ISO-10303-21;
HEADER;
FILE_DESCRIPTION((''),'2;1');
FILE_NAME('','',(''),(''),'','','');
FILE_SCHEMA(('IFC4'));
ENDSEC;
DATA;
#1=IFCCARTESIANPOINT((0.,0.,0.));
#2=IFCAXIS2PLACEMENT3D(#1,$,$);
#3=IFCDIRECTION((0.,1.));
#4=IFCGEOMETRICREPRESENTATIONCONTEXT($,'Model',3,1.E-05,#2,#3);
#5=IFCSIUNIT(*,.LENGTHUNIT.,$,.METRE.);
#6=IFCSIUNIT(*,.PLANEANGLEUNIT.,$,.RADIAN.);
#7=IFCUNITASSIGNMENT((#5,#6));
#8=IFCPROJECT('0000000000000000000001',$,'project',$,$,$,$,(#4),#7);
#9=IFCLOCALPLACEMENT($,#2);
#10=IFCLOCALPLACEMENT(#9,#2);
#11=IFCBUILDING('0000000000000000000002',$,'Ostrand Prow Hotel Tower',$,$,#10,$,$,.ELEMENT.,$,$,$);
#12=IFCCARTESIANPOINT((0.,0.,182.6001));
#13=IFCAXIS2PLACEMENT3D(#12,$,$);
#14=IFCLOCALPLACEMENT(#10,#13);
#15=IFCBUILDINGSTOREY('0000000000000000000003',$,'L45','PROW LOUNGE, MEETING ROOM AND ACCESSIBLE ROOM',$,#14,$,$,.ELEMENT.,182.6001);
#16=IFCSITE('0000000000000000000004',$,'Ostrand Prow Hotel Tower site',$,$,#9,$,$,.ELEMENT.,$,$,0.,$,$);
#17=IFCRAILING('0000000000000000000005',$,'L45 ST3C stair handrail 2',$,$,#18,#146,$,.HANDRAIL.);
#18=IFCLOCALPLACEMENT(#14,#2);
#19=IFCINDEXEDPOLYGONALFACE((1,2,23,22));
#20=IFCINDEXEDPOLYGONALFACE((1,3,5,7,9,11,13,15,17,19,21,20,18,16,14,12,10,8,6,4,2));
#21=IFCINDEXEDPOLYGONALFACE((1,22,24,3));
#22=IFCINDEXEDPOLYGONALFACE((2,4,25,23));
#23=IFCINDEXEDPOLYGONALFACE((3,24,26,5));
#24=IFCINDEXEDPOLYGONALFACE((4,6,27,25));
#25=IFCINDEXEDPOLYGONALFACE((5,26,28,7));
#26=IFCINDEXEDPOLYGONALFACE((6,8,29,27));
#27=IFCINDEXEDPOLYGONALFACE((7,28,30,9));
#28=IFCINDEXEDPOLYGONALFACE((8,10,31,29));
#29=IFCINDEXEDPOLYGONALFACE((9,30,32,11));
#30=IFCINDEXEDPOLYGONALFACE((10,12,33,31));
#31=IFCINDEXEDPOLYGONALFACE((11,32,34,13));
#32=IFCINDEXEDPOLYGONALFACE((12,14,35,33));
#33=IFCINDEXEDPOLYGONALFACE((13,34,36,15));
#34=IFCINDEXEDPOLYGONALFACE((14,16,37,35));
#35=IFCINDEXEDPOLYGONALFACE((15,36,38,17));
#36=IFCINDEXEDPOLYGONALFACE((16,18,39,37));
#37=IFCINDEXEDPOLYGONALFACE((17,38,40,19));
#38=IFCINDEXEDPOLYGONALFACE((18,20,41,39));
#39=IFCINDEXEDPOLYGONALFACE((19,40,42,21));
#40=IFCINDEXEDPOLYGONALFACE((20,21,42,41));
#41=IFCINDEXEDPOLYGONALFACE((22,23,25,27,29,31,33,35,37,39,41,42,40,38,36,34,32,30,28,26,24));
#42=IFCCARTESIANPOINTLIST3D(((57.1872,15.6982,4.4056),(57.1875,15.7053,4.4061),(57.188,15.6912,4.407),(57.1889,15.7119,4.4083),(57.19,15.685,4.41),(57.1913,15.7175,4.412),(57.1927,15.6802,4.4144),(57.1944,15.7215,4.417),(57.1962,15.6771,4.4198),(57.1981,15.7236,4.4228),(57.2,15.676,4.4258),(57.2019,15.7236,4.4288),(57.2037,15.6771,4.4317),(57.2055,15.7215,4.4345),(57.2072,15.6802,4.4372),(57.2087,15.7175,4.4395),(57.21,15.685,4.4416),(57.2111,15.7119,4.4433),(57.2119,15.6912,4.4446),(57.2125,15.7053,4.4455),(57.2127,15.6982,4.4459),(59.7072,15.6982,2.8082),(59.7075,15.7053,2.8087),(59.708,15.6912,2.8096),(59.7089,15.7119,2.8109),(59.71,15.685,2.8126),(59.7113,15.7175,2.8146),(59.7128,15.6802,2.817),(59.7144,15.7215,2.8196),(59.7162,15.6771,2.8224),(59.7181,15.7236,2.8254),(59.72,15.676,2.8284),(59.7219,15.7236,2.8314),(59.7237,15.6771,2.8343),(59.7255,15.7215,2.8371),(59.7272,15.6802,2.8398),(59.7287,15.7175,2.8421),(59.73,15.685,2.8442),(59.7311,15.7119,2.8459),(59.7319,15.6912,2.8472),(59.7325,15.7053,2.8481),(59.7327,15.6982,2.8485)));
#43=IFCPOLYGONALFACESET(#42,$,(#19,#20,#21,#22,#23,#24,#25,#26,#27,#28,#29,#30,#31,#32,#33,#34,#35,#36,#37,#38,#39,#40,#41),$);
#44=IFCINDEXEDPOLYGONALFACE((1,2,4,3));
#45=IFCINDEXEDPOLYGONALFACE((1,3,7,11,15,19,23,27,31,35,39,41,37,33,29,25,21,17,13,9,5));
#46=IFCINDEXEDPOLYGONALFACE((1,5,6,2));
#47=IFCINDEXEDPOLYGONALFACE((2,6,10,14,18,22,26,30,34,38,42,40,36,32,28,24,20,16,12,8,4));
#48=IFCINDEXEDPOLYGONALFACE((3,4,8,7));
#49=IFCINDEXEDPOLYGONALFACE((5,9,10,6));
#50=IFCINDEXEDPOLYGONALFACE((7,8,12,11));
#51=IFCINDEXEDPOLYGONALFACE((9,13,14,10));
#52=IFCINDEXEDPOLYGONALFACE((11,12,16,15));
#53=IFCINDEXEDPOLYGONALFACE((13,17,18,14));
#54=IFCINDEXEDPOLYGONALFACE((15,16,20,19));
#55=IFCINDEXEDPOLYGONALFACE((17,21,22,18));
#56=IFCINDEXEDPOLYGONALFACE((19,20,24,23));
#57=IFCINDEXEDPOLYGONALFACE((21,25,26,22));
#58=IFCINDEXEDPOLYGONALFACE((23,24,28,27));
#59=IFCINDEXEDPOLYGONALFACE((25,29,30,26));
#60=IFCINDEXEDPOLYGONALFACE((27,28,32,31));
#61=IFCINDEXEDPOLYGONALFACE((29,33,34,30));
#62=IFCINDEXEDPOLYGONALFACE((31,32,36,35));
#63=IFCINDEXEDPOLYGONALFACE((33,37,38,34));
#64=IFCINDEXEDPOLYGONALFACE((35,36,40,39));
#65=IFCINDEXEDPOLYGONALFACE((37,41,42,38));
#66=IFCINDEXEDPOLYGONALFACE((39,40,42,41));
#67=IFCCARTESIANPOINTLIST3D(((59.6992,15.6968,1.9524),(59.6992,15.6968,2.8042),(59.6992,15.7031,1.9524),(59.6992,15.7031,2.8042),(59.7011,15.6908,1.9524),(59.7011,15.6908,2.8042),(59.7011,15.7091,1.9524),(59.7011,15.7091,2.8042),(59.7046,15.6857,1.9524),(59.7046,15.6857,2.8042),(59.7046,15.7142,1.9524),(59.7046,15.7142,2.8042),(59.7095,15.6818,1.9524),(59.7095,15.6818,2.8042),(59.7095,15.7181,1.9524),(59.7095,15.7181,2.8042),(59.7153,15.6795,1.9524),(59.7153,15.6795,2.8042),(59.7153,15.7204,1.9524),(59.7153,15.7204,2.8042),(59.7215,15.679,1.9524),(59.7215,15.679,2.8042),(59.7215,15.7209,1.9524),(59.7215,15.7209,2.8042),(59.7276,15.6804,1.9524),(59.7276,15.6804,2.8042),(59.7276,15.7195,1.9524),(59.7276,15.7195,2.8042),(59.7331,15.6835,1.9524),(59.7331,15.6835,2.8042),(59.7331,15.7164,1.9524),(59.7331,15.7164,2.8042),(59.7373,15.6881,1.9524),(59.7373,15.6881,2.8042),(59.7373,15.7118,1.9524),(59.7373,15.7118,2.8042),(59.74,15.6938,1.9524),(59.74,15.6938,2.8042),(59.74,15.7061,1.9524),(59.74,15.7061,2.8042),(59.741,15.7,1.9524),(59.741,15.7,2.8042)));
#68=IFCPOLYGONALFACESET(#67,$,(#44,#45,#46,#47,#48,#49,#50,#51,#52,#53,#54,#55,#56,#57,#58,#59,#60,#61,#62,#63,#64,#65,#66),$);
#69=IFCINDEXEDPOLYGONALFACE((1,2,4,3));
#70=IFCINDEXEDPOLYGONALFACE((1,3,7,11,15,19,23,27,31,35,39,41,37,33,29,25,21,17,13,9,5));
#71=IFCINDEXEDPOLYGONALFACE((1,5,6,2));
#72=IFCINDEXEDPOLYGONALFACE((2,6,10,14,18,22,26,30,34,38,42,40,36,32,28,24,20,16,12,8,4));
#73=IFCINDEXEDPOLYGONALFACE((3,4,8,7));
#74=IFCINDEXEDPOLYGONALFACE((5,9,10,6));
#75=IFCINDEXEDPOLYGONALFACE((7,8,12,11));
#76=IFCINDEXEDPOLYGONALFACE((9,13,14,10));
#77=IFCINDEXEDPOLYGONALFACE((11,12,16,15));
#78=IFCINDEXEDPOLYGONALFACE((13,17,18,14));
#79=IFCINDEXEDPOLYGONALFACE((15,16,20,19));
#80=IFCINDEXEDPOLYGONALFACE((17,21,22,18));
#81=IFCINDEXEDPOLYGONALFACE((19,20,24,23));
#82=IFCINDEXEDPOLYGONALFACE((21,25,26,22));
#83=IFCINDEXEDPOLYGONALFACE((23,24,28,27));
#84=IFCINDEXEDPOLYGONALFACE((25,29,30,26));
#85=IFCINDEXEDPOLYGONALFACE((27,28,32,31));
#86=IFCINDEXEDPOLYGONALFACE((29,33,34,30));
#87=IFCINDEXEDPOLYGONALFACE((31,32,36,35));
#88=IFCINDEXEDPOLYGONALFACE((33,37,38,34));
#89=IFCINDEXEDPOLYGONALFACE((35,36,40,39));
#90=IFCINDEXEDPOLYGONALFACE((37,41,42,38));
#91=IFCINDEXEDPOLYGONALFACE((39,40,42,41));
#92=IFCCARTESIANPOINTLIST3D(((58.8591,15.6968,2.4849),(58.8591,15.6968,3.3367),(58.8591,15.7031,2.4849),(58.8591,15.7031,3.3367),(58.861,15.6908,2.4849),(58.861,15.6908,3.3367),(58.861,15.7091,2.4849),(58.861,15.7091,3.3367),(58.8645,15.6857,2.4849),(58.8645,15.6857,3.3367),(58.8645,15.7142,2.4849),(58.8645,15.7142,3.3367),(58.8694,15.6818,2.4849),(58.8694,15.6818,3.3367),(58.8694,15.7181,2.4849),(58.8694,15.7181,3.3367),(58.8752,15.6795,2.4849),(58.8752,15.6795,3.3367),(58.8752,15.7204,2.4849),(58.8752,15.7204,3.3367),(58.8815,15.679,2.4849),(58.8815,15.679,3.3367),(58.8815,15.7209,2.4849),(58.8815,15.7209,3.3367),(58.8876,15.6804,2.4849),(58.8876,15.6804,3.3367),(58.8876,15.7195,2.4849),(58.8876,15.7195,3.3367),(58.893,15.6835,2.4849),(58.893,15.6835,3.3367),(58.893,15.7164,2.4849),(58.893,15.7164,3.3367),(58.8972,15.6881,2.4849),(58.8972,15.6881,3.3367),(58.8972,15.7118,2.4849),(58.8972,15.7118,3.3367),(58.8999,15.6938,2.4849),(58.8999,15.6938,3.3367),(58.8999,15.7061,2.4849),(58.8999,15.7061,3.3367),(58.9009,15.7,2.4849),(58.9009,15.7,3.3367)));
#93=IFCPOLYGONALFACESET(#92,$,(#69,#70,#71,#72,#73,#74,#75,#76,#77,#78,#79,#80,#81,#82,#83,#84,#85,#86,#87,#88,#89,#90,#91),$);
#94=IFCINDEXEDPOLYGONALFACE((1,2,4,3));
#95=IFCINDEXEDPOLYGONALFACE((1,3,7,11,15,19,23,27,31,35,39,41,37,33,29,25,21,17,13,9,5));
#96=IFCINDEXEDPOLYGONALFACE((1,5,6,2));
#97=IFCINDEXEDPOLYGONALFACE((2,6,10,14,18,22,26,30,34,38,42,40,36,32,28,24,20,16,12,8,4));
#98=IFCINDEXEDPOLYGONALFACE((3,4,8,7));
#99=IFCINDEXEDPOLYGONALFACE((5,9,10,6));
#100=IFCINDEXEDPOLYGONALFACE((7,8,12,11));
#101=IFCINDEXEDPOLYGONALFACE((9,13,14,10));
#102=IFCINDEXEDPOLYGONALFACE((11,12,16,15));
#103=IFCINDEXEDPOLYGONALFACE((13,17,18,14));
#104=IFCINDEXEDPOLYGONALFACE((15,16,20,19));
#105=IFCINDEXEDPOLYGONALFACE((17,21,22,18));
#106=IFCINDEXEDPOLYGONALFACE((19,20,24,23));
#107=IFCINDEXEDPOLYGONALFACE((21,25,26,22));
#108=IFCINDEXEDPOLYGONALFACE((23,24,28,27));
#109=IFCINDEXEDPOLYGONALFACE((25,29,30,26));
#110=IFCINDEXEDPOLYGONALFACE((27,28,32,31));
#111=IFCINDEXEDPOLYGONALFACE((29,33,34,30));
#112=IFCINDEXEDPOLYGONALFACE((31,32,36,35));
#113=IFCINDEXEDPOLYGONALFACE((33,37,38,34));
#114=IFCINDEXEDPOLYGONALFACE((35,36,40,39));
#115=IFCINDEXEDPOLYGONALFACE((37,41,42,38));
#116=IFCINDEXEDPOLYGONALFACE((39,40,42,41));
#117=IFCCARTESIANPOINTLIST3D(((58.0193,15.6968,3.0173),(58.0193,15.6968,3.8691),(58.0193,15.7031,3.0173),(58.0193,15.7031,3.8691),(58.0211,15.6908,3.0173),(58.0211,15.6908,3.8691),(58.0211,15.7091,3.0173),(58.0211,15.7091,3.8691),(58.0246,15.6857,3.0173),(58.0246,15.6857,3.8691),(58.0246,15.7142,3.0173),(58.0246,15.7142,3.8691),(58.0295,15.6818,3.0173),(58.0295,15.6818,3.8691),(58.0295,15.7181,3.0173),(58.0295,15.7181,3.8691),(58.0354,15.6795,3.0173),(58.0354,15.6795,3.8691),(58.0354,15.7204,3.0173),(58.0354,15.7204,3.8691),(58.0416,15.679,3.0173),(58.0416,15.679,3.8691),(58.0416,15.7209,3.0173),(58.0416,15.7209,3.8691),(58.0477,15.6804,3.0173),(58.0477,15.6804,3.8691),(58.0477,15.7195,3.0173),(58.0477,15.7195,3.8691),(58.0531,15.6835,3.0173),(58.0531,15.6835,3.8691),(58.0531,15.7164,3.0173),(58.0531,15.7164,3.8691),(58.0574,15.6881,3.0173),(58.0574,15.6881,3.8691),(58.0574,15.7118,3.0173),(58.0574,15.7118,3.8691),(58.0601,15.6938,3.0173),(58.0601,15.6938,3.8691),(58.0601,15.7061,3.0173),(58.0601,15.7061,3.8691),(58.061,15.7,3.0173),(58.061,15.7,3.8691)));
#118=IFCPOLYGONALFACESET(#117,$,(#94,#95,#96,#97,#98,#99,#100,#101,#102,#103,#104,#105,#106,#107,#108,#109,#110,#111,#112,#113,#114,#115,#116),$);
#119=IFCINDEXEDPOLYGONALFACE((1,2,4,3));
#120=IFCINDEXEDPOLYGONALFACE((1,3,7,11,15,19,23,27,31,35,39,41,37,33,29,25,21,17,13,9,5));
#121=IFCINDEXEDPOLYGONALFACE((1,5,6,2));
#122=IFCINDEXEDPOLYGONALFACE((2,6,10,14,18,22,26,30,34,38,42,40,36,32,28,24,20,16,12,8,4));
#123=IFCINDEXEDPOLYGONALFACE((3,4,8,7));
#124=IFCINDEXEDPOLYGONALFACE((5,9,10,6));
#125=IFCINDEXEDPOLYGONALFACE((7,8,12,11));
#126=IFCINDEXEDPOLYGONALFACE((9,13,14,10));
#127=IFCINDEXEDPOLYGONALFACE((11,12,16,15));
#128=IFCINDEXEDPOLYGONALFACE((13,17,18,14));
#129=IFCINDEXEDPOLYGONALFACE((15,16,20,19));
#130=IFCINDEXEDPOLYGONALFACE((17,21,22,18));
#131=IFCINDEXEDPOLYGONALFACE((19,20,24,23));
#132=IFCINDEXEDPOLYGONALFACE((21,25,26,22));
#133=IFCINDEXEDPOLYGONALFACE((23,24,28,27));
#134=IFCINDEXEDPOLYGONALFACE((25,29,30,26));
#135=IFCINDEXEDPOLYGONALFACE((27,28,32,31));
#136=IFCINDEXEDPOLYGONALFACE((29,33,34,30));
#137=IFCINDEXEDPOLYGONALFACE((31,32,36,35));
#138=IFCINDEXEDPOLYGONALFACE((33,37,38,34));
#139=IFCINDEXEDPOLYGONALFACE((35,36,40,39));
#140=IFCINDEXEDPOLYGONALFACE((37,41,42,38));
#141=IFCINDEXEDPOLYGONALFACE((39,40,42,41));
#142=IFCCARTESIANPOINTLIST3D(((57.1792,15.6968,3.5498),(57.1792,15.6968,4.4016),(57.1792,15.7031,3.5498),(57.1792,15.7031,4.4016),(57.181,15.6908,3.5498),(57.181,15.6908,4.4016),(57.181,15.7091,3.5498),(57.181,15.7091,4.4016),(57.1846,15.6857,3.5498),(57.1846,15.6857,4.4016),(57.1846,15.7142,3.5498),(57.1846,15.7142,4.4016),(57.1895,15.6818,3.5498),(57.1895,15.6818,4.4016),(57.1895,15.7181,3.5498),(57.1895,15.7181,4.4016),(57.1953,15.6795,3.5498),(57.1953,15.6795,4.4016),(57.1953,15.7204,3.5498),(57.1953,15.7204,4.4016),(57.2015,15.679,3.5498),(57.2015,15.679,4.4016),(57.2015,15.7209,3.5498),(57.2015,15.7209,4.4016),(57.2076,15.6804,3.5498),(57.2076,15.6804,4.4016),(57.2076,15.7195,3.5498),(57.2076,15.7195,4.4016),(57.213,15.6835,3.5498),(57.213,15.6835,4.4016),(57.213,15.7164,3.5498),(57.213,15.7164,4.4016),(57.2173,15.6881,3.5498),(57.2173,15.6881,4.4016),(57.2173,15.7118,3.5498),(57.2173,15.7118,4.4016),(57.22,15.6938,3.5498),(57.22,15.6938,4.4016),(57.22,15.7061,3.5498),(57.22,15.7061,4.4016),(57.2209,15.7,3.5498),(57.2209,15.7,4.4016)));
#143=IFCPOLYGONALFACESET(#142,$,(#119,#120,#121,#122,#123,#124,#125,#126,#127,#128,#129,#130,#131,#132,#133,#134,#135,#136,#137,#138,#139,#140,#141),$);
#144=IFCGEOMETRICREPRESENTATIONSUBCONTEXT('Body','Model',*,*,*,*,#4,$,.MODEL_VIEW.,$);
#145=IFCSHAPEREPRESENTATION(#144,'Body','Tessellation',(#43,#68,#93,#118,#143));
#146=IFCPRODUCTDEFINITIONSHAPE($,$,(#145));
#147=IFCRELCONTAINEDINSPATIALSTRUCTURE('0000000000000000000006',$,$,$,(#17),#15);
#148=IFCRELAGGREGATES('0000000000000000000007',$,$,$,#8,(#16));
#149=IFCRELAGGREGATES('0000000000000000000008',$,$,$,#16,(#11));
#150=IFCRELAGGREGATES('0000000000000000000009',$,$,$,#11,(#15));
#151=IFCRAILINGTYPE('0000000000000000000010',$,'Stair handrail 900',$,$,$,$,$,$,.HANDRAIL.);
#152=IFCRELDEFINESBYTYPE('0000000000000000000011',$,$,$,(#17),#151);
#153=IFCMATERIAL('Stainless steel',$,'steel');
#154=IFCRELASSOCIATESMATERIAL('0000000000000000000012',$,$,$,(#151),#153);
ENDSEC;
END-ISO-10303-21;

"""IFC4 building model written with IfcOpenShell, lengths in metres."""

from ifc_helpers import new_model, si_unit, direction, frame, origin, origin_2d, place, context, subcontext, project, spatial, circle, extrude, material, type_object, element, save


model = new_model("IFC4")

# Units and contexts
model_context = context("Model", 3, precision=1e-05, world=origin(), true_north=direction((0.0, 1.0)))
body_context = subcontext(model_context, "Body", "Model", "MODEL_VIEW")
ifc_project = project(units=[si_unit("LENGTHUNIT", "METRE"), si_unit("PLANEANGLEUNIT", "RADIAN")], contexts=[model_context])

# Site, building, storey
site_placement = place(None, origin())
site = spatial("IfcSite", under=ifc_project, at=site_placement, Name="Ostrand Prow Hotel Tower site", CompositionType="ELEMENT", RefElevation=0.0)
building_placement = place(site_placement, origin())
building = spatial("IfcBuilding", under=site, at=building_placement, Name="Ostrand Prow Hotel Tower", CompositionType="ELEMENT")
storey_placement = place(building_placement, frame((0.0, 0.0, 182.6001)))
storey = spatial("IfcBuildingStorey", under=building, at=storey_placement, Name="L45", Description="PROW LOUNGE, MEETING ROOM AND ACCESSIBLE ROOM", CompositionType="ELEMENT", Elevation=182.6001)

# Railing
ifc_material_1 = material(Name="Stainless steel", Category="steel")
railing_type_1 = type_object("IfcRailingType", Name="Stair handrail 900", PredefinedType="HANDRAIL", material=ifc_material_1)
railing_1_placement = place(storey_placement, frame((59.72, 15.7, 1.9524)))
element("IfcRailing", 1, at=railing_1_placement, inside=storey, type_object=railing_type_1, Name="L45 ST3C stair handrail 2", PredefinedType="HANDRAIL", context=body_context, shape_type="SweptSolid", body=[
    extrude(circle(Radius=0.0239, at=origin_2d()), frame((0.0, 0.0, 0.876), z_axis=(-0.844607, 0.0, 0.535387), x_axis=(0.0, -1.0, 0.0)), (0.0, 0.0, 1.0), 2.9836),
    extrude(circle(Radius=0.021, at=origin_2d()), origin(), (0.0, 0.0, 1.0), 0.8518),
    extrude(circle(Radius=0.021, at=origin_2d()), frame((-0.8401, 0.0, 0.5325)), (0.0, 0.0, 1.0), 0.8518),
    extrude(circle(Radius=0.021, at=origin_2d()), frame((-1.6799, 0.0, 1.0649)), (0.0, 0.0, 1.0), 0.8518),
    extrude(circle(Radius=0.021, at=origin_2d()), frame((-2.52, 0.0, 1.5974)), (0.0, 0.0, 1.0), 0.8518),
])

save(model, "model.ifc")
